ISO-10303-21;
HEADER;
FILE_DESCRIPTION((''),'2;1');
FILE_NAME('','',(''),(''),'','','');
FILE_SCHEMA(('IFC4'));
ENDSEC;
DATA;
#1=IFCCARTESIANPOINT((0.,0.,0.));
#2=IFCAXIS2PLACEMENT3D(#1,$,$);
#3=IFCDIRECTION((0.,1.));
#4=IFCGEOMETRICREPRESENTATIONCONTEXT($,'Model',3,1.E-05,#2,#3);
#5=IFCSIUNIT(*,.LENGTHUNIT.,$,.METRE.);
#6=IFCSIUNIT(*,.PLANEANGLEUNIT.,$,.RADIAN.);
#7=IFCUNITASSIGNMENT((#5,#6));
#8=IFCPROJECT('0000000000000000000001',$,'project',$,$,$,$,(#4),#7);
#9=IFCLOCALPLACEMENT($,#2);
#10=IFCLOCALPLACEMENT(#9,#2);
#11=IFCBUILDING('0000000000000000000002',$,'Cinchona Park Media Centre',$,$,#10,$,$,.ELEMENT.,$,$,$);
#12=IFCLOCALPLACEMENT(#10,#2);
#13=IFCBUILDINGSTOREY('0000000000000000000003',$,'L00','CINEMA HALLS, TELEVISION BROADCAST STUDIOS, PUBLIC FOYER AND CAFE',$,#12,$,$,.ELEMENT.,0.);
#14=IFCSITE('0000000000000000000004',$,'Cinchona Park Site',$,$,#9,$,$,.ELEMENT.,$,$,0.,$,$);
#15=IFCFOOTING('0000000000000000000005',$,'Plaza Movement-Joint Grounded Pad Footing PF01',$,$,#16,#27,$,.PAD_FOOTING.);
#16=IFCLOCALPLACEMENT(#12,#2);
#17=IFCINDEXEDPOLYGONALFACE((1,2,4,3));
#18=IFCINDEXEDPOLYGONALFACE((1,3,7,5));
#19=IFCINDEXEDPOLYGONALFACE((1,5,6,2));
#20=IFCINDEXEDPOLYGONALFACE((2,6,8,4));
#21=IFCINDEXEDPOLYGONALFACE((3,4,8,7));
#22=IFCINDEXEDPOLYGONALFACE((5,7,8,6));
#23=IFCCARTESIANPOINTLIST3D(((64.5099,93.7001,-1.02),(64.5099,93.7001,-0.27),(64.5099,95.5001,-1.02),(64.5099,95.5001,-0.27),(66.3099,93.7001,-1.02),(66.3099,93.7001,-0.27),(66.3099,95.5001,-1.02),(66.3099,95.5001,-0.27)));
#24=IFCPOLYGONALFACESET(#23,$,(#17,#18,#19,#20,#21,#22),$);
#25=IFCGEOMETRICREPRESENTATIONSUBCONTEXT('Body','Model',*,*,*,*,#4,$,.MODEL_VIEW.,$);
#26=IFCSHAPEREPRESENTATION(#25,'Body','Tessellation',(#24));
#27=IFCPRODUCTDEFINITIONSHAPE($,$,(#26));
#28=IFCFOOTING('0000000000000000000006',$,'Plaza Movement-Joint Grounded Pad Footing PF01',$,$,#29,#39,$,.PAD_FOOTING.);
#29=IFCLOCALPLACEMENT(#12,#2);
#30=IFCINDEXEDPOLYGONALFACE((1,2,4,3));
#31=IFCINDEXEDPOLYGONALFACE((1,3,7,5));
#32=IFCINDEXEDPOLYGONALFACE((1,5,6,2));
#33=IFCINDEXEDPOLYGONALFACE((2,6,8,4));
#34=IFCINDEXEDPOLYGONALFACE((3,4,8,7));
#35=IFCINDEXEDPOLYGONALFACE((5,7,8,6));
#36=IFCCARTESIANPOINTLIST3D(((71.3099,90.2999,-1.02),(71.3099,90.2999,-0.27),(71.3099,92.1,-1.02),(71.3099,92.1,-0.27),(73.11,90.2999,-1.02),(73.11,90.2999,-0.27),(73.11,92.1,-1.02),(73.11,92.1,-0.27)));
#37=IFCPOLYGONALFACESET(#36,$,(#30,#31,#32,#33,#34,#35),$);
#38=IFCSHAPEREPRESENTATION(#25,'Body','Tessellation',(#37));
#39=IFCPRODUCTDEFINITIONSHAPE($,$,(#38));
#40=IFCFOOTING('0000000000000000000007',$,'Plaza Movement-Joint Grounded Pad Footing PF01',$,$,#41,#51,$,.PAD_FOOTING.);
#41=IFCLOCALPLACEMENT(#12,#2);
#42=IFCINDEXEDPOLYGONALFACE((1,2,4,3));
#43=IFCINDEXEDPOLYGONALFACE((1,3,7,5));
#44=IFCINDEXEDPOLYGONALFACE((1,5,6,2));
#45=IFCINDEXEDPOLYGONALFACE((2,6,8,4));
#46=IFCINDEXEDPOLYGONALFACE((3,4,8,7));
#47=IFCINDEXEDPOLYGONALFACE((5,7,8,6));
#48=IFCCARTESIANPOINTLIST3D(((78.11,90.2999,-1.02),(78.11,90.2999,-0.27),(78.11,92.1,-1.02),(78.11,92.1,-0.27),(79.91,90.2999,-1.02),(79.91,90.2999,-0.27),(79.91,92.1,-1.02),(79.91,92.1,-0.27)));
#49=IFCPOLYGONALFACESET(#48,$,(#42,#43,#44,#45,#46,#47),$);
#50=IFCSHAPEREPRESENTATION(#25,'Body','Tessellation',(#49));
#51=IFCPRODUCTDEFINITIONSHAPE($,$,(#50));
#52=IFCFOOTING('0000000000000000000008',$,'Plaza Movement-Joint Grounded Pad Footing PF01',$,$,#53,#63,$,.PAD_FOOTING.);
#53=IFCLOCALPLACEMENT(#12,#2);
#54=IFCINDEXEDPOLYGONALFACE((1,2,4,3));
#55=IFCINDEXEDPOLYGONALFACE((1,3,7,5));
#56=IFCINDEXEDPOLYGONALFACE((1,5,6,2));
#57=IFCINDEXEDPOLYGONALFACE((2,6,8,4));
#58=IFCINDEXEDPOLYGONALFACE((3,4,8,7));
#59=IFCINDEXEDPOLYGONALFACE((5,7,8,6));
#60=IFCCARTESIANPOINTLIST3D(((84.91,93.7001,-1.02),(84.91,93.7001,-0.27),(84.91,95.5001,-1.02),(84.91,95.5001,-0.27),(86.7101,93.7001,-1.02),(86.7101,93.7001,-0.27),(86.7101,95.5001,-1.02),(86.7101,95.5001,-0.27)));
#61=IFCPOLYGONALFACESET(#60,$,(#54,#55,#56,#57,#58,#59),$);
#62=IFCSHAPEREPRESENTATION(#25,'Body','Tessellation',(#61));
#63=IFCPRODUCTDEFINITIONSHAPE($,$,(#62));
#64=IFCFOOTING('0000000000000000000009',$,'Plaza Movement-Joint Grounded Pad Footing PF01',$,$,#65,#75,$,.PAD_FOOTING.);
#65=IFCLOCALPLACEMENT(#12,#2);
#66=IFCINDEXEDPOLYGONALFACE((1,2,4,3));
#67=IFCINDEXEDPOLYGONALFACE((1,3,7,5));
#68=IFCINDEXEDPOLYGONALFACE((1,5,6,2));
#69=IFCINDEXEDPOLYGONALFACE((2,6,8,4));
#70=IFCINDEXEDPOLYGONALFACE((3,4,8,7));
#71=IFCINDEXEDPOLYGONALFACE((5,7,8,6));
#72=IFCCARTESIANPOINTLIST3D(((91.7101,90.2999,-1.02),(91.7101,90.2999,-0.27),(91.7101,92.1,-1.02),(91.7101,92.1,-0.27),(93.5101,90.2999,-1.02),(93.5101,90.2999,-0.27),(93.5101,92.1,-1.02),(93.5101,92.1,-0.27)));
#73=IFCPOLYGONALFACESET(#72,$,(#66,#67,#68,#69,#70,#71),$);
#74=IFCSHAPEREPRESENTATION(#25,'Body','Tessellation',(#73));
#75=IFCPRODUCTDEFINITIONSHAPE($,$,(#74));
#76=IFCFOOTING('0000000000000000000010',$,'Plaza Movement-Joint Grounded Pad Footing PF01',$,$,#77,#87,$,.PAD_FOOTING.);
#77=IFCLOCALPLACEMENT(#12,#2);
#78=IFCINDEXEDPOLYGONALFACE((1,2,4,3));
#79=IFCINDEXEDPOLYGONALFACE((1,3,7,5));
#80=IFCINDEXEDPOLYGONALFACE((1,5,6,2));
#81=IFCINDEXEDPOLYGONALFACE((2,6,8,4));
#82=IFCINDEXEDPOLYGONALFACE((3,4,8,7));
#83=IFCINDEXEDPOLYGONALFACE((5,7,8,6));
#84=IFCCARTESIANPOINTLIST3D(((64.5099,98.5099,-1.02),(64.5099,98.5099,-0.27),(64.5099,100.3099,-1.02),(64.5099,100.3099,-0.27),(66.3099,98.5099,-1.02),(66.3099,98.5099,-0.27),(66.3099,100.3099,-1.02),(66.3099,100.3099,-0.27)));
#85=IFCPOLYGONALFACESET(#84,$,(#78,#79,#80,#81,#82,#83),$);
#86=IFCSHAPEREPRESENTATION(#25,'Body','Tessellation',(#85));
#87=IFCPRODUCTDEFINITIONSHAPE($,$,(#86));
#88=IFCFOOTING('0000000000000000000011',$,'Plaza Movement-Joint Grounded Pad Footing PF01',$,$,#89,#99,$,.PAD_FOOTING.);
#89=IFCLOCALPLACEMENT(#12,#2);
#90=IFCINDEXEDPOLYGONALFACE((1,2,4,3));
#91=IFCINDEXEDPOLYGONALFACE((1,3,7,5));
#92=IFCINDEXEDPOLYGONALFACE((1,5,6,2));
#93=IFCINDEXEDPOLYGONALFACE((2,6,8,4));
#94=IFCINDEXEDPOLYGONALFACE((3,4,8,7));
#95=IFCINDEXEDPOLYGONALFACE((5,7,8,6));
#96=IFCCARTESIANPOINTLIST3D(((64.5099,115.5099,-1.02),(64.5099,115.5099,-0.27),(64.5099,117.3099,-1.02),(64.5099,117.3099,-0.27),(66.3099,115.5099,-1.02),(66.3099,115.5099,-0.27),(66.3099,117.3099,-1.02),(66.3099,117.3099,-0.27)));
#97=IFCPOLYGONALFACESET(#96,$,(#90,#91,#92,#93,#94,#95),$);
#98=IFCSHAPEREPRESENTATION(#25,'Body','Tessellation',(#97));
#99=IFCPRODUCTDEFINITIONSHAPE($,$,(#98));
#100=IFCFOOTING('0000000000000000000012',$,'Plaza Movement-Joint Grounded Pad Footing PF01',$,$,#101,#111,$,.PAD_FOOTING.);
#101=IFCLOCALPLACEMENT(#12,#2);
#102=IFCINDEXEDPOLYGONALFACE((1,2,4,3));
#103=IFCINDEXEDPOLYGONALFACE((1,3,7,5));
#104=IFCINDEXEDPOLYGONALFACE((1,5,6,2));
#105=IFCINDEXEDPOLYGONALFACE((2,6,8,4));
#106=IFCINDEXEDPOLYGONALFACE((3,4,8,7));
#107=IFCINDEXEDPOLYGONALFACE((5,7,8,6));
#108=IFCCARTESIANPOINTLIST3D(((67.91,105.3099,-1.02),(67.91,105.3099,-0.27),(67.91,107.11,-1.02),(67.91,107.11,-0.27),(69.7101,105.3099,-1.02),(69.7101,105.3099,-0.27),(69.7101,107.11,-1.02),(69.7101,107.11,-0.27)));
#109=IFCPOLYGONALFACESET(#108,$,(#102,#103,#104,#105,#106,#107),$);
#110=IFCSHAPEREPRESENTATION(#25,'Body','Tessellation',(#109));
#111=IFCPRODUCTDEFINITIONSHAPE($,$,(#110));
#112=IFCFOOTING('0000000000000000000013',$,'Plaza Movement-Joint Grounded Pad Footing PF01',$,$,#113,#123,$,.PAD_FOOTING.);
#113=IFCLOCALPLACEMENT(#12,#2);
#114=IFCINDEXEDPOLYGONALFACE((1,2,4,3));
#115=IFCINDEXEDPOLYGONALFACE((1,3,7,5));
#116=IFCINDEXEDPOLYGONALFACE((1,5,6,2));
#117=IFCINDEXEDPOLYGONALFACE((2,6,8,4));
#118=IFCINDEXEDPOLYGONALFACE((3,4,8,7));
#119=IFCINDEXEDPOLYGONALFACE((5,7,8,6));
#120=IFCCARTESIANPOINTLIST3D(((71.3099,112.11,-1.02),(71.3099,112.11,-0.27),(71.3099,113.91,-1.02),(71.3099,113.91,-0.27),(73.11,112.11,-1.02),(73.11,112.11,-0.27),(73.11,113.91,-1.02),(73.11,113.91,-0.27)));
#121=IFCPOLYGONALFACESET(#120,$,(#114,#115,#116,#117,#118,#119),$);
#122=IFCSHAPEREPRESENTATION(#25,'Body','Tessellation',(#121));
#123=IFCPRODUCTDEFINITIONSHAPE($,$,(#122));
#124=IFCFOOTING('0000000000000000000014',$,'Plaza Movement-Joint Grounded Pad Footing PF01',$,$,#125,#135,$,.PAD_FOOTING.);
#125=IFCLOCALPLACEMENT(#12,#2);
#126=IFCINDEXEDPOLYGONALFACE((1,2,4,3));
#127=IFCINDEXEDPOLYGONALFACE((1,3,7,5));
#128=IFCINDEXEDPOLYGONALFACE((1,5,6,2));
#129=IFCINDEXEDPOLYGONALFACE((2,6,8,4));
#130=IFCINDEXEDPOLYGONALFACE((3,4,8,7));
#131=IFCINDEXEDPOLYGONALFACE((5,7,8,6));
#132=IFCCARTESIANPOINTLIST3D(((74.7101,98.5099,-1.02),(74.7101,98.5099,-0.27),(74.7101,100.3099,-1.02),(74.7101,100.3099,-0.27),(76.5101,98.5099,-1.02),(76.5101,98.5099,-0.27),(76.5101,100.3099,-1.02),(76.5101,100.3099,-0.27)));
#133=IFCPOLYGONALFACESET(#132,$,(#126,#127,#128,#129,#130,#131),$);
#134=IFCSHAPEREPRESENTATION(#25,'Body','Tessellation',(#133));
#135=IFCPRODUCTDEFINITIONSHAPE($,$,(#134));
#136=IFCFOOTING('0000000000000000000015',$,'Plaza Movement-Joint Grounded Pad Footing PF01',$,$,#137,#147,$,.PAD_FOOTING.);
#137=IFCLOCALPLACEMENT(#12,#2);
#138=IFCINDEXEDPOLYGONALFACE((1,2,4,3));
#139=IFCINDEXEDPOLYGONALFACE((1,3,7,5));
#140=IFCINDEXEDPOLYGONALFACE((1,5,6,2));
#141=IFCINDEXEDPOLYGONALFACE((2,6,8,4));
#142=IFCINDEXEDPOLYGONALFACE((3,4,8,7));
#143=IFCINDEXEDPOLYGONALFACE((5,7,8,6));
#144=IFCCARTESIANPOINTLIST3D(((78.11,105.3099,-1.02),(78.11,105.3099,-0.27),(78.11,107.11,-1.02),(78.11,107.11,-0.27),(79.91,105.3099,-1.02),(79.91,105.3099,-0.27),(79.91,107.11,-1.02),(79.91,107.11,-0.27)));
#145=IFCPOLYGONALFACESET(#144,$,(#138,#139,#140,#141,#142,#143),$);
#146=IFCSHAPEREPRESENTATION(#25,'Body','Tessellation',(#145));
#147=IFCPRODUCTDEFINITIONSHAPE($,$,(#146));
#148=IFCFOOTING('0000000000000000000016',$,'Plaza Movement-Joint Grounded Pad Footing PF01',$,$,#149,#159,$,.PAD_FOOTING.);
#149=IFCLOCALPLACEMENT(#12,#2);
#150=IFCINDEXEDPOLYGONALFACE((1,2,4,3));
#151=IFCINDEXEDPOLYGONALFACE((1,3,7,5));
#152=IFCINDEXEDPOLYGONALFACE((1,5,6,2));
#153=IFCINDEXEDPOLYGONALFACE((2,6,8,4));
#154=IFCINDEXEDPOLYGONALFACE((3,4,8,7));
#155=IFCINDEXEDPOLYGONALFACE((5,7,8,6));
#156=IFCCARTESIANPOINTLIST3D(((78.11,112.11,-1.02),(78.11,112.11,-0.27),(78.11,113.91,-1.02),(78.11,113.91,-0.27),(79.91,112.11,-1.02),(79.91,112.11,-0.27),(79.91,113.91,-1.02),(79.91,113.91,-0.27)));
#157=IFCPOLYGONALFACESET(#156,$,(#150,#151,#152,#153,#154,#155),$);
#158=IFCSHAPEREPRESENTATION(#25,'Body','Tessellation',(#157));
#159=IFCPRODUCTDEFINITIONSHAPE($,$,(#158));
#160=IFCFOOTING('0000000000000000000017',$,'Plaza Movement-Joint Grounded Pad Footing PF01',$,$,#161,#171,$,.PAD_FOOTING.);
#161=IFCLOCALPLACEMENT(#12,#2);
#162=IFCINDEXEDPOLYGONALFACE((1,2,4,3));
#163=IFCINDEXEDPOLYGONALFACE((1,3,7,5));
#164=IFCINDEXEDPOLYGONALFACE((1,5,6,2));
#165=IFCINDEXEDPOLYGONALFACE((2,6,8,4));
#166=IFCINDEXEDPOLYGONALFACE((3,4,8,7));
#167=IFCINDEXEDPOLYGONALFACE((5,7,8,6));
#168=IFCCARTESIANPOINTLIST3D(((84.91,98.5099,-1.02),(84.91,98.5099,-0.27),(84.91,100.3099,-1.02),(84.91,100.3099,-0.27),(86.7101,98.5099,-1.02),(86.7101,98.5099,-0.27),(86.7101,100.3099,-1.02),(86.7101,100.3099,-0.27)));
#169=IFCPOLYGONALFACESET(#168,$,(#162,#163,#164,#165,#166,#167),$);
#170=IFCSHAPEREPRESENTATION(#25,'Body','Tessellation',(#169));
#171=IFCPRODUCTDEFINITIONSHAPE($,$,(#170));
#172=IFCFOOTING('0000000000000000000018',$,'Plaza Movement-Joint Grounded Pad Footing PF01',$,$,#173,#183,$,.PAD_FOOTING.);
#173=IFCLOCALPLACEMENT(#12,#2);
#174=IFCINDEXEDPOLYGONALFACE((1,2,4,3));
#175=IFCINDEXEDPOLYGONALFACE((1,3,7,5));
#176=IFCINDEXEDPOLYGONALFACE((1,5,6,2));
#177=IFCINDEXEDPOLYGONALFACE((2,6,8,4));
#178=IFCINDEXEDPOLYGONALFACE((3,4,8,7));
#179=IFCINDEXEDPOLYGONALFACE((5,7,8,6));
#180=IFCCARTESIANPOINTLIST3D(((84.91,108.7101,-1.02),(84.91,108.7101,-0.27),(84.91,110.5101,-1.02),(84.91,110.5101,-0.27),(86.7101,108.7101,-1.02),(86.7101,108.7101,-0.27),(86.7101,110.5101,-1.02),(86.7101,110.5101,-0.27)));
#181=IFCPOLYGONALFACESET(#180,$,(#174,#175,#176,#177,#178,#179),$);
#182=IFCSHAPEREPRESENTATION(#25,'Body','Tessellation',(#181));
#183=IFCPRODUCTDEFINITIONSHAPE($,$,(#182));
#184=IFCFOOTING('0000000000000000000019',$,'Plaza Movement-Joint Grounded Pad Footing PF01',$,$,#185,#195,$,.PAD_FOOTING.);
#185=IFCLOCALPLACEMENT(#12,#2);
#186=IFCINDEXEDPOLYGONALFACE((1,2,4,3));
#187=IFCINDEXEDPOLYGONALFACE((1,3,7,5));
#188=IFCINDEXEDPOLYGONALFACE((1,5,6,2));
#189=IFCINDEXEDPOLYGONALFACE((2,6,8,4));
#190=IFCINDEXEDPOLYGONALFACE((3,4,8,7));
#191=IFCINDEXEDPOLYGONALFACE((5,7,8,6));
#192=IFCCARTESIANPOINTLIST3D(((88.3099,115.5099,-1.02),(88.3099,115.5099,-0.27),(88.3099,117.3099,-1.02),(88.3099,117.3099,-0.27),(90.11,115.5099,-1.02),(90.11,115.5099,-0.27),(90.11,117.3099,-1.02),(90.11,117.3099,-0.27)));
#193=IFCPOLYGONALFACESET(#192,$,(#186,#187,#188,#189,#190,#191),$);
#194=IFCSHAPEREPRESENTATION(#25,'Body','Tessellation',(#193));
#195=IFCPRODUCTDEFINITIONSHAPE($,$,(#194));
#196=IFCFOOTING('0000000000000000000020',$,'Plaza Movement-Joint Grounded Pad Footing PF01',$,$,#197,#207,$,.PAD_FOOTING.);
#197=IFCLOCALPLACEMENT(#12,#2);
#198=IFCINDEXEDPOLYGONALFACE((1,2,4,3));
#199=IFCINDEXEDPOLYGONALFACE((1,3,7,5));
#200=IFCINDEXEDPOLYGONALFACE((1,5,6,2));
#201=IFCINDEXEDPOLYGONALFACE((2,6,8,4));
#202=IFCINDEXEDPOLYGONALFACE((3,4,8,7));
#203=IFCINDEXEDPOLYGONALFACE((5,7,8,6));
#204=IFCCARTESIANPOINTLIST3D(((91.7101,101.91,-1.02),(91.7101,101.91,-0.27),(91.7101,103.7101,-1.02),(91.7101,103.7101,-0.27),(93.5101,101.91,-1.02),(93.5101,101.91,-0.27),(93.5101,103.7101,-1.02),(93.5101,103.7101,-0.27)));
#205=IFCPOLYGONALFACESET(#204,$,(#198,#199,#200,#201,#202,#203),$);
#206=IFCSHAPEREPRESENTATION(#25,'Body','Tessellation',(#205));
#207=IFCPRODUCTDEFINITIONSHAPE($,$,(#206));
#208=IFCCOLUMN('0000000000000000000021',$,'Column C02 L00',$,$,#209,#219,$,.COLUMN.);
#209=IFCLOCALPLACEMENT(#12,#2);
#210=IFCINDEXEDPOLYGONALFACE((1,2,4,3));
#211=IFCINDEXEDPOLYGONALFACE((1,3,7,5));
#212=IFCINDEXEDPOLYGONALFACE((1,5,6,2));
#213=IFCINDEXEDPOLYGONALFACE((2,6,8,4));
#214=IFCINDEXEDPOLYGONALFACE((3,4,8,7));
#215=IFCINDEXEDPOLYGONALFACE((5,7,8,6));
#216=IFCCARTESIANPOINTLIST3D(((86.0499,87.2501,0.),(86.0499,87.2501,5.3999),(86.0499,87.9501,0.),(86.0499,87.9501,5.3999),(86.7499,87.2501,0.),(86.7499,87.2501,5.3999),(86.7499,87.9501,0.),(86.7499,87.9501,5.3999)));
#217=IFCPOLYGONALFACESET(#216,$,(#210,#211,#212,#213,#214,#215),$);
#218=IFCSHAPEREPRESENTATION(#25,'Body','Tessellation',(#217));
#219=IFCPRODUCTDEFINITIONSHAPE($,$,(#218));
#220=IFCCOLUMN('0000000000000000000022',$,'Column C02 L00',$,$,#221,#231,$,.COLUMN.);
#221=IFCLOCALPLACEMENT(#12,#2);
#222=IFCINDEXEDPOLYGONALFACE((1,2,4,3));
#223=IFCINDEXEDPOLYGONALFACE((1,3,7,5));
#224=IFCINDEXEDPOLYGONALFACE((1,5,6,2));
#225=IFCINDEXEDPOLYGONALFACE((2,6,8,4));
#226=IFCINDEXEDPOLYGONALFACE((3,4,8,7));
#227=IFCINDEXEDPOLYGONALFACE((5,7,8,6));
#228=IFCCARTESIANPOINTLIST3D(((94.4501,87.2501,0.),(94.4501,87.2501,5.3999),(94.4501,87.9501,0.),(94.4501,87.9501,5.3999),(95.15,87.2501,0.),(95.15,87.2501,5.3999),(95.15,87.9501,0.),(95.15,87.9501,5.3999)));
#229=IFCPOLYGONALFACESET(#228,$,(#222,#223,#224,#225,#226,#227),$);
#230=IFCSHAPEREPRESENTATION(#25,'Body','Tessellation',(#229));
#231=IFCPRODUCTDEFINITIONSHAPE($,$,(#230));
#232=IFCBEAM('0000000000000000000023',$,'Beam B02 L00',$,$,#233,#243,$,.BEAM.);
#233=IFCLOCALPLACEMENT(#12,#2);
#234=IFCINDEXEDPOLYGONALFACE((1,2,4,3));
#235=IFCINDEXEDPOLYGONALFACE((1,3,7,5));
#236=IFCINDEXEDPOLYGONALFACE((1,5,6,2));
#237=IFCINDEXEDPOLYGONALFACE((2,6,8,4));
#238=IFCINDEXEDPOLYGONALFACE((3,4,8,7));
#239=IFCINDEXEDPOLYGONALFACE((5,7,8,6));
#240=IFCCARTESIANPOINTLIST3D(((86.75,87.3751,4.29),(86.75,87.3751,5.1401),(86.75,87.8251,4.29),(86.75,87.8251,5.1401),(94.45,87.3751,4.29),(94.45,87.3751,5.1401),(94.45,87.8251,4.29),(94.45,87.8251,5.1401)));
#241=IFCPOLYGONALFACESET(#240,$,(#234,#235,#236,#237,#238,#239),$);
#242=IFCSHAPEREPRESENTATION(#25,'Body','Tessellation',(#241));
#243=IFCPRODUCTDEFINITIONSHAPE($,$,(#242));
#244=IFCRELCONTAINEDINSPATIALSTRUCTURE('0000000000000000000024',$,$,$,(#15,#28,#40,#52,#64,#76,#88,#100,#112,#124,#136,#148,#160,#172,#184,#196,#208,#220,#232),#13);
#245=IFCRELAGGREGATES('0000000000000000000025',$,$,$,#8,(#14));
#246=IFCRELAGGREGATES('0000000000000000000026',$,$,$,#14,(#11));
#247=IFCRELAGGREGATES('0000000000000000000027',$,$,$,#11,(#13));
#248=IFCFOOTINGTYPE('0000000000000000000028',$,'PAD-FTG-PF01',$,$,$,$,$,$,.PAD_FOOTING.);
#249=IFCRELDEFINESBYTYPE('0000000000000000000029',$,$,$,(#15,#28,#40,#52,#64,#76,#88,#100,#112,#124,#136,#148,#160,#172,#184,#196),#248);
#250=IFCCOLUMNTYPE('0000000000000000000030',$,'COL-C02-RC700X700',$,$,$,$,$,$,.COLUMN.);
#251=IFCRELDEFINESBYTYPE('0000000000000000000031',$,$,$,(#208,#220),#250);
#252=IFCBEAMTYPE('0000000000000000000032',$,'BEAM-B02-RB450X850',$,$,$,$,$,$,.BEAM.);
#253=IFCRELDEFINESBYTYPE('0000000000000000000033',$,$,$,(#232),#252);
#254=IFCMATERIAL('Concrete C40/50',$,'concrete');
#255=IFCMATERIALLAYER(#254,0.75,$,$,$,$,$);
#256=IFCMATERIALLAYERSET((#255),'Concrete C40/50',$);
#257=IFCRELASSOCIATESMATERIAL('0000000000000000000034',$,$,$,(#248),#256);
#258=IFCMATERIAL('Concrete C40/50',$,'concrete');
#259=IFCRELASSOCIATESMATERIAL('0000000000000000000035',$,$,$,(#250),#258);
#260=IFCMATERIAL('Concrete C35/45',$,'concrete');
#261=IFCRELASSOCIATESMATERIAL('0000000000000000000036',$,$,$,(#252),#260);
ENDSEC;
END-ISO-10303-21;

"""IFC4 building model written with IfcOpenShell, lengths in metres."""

from ifc_helpers import new_model, si_unit, direction, frame, origin, origin_2d, place, context, subcontext, project, spatial, rectangle, extrude, material, layer, layer_set, material_profile, profile_set, type_object, element, save


model = new_model("IFC4")

# Units and contexts
model_context = context("Model", 3, precision=1e-05, world=origin(), true_north=direction((0.0, 1.0)))
body_context = subcontext(model_context, "Body", "Model", "MODEL_VIEW")
ifc_project = project(units=[si_unit("LENGTHUNIT", "METRE"), si_unit("PLANEANGLEUNIT", "RADIAN")], contexts=[model_context])

# Site, building, storey
site_placement = place(None, origin())
site = spatial("IfcSite", under=ifc_project, at=site_placement, Name="Cinchona Park Site", CompositionType="ELEMENT", RefElevation=0.0)
building_placement = place(site_placement, origin())
building = spatial("IfcBuilding", under=site, at=building_placement, Name="Cinchona Park Media Centre", CompositionType="ELEMENT")
storey_placement = place(building_placement, origin())
storey = spatial("IfcBuildingStorey", under=building, at=storey_placement, Name="L00", Description="CINEMA HALLS, TELEVISION BROADCAST STUDIOS, PUBLIC FOYER AND CAFE", CompositionType="ELEMENT", Elevation=0.0)

# Footings
ifc_material_1 = material(Name="Concrete C40/50", Category="concrete")
ifc_layer_1 = layer(ifc_material_1, 0.75)
ifc_layer_set_1 = layer_set([ifc_layer_1], Name="Concrete C40/50")
footing_type = type_object("IfcFootingType", Name="PAD-FTG-PF01", PredefinedType="PAD_FOOTING", material=ifc_layer_set_1)
for number, where, z_axis, x_axis, name in (
    (1, (65.4099, 94.6001, -1.02), (0.0, 0.0, 1.0), (1.0, 0.0, 0.0), "Plaza Movement-Joint Grounded Pad Footing PF01"),
    (2, (72.21, 91.2, -1.02), (0.0, 0.0, 1.0), (1.0, 0.0, 0.0), "Plaza Movement-Joint Grounded Pad Footing PF01"),
    (3, (79.01, 91.2, -1.02), (0.0, 0.0, 1.0), (1.0, 0.0, 0.0), "Plaza Movement-Joint Grounded Pad Footing PF01"),
    (4, (85.8101, 94.6001, -1.02), (0.0, 0.0, 1.0), (1.0, 0.0, 0.0), "Plaza Movement-Joint Grounded Pad Footing PF01"),
    (5, (92.6101, 91.2, -1.02), (0.0, 0.0, 1.0), (1.0, 0.0, 0.0), "Plaza Movement-Joint Grounded Pad Footing PF01"),
    (6, (65.4099, 99.4099, -1.02), (0.0, 0.0, 1.0), (1.0, 0.0, 0.0), "Plaza Movement-Joint Grounded Pad Footing PF01"),
    (7, (65.4099, 116.4099, -1.02), (0.0, 0.0, 1.0), (1.0, 0.0, 0.0), "Plaza Movement-Joint Grounded Pad Footing PF01"),
    (8, (68.8101, 106.21, -1.02), (0.0, 0.0, 1.0), (1.0, 0.0, 0.0), "Plaza Movement-Joint Grounded Pad Footing PF01"),
    (9, (72.21, 113.01, -1.02), (0.0, 0.0, 1.0), (1.0, 0.0, 0.0), "Plaza Movement-Joint Grounded Pad Footing PF01"),
    (10, (75.6101, 99.4099, -1.02), (0.0, 0.0, 1.0), (1.0, 0.0, 0.0), "Plaza Movement-Joint Grounded Pad Footing PF01"),
    (11, (79.01, 106.21, -1.02), (0.0, 0.0, 1.0), (1.0, 0.0, 0.0), "Plaza Movement-Joint Grounded Pad Footing PF01"),
    (12, (79.01, 113.01, -1.02), (0.0, 0.0, 1.0), (1.0, 0.0, 0.0), "Plaza Movement-Joint Grounded Pad Footing PF01"),
    (13, (85.8101, 99.4099, -1.02), (0.0, 0.0, 1.0), (1.0, 0.0, 0.0), "Plaza Movement-Joint Grounded Pad Footing PF01"),
    (14, (85.8101, 109.6101, -1.02), (0.0, 0.0, 1.0), (1.0, 0.0, 0.0), "Plaza Movement-Joint Grounded Pad Footing PF01"),
    (15, (89.21, 116.4099, -1.02), (0.0, 0.0, 1.0), (1.0, 0.0, 0.0), "Plaza Movement-Joint Grounded Pad Footing PF01"),
    (16, (92.6101, 102.8101, -1.02), (0.0, 0.0, 1.0), (1.0, 0.0, 0.0), "Plaza Movement-Joint Grounded Pad Footing PF01"),
):
    element("IfcFooting", number, at=place(storey_placement, frame(where, z_axis=z_axis, x_axis=x_axis)), inside=storey, type_object=footing_type, Name=name, PredefinedType="PAD_FOOTING", context=body_context, shape_type="SweptSolid", body=[
        extrude(rectangle(XDim=1.8, YDim=1.8, at=origin_2d()), origin(), (0.0, 0.0, 1.0), 0.75),
    ])

# Columns
ifc_material_2 = material(Name="Concrete C40/50", Category="concrete")
ifc_material_profile_1 = material_profile(ifc_material_2, rectangle(XDim=0.7, YDim=0.7, at=origin_2d()), Name="RC 700X700")
ifc_profile_set_1 = profile_set([ifc_material_profile_1], Name="Concrete C40/50")
column_type = type_object("IfcColumnType", Name="COL-C02-RC700X700", PredefinedType="COLUMN", material=ifc_profile_set_1)
for number, where, z_axis, x_axis, name in (
    (17, (86.3999, 87.6001, 0.0), (0.0, 0.0, 1.0), (1.0, 0.0, 0.0), "Column C02 L00"),
    (18, (94.8, 87.6001, 0.0), (0.0, 0.0, 1.0), (1.0, 0.0, 0.0), "Column C02 L00"),
):
    element("IfcColumn", number, at=place(storey_placement, frame(where, z_axis=z_axis, x_axis=x_axis)), inside=storey, type_object=column_type, Name=name, PredefinedType="COLUMN", context=body_context, shape_type="SweptSolid", body=[
        extrude(rectangle(XDim=0.7, YDim=0.7, at=origin_2d()), origin(), (0.0, 0.0, 1.0), 5.3999),
    ])

# Beam
ifc_material_3 = material(Name="Concrete C35/45", Category="concrete")
ifc_material_profile_2 = material_profile(ifc_material_3, rectangle(XDim=0.45, YDim=0.8501, at=origin_2d()), Name="RB 450X850")
ifc_profile_set_2 = profile_set([ifc_material_profile_2], Name="Concrete C35/45")
beam_type = type_object("IfcBeamType", Name="BEAM-B02-RB450X850", PredefinedType="BEAM", material=ifc_profile_set_2)
beam_placement = place(storey_placement, frame((86.75, 87.6001, 4.7151), z_axis=(1.0, 0.0, 0.0), x_axis=(0.0, 1.0, 0.0)))
element("IfcBeam", 19, at=beam_placement, inside=storey, type_object=beam_type, Name="Beam B02 L00", PredefinedType="BEAM", context=body_context, shape_type="SweptSolid", body=[
    extrude(rectangle(XDim=0.45, YDim=0.8501, at=origin_2d()), origin(), (0.0, 0.0, 1.0), 7.7),
])

save(model, "model.ifc")
